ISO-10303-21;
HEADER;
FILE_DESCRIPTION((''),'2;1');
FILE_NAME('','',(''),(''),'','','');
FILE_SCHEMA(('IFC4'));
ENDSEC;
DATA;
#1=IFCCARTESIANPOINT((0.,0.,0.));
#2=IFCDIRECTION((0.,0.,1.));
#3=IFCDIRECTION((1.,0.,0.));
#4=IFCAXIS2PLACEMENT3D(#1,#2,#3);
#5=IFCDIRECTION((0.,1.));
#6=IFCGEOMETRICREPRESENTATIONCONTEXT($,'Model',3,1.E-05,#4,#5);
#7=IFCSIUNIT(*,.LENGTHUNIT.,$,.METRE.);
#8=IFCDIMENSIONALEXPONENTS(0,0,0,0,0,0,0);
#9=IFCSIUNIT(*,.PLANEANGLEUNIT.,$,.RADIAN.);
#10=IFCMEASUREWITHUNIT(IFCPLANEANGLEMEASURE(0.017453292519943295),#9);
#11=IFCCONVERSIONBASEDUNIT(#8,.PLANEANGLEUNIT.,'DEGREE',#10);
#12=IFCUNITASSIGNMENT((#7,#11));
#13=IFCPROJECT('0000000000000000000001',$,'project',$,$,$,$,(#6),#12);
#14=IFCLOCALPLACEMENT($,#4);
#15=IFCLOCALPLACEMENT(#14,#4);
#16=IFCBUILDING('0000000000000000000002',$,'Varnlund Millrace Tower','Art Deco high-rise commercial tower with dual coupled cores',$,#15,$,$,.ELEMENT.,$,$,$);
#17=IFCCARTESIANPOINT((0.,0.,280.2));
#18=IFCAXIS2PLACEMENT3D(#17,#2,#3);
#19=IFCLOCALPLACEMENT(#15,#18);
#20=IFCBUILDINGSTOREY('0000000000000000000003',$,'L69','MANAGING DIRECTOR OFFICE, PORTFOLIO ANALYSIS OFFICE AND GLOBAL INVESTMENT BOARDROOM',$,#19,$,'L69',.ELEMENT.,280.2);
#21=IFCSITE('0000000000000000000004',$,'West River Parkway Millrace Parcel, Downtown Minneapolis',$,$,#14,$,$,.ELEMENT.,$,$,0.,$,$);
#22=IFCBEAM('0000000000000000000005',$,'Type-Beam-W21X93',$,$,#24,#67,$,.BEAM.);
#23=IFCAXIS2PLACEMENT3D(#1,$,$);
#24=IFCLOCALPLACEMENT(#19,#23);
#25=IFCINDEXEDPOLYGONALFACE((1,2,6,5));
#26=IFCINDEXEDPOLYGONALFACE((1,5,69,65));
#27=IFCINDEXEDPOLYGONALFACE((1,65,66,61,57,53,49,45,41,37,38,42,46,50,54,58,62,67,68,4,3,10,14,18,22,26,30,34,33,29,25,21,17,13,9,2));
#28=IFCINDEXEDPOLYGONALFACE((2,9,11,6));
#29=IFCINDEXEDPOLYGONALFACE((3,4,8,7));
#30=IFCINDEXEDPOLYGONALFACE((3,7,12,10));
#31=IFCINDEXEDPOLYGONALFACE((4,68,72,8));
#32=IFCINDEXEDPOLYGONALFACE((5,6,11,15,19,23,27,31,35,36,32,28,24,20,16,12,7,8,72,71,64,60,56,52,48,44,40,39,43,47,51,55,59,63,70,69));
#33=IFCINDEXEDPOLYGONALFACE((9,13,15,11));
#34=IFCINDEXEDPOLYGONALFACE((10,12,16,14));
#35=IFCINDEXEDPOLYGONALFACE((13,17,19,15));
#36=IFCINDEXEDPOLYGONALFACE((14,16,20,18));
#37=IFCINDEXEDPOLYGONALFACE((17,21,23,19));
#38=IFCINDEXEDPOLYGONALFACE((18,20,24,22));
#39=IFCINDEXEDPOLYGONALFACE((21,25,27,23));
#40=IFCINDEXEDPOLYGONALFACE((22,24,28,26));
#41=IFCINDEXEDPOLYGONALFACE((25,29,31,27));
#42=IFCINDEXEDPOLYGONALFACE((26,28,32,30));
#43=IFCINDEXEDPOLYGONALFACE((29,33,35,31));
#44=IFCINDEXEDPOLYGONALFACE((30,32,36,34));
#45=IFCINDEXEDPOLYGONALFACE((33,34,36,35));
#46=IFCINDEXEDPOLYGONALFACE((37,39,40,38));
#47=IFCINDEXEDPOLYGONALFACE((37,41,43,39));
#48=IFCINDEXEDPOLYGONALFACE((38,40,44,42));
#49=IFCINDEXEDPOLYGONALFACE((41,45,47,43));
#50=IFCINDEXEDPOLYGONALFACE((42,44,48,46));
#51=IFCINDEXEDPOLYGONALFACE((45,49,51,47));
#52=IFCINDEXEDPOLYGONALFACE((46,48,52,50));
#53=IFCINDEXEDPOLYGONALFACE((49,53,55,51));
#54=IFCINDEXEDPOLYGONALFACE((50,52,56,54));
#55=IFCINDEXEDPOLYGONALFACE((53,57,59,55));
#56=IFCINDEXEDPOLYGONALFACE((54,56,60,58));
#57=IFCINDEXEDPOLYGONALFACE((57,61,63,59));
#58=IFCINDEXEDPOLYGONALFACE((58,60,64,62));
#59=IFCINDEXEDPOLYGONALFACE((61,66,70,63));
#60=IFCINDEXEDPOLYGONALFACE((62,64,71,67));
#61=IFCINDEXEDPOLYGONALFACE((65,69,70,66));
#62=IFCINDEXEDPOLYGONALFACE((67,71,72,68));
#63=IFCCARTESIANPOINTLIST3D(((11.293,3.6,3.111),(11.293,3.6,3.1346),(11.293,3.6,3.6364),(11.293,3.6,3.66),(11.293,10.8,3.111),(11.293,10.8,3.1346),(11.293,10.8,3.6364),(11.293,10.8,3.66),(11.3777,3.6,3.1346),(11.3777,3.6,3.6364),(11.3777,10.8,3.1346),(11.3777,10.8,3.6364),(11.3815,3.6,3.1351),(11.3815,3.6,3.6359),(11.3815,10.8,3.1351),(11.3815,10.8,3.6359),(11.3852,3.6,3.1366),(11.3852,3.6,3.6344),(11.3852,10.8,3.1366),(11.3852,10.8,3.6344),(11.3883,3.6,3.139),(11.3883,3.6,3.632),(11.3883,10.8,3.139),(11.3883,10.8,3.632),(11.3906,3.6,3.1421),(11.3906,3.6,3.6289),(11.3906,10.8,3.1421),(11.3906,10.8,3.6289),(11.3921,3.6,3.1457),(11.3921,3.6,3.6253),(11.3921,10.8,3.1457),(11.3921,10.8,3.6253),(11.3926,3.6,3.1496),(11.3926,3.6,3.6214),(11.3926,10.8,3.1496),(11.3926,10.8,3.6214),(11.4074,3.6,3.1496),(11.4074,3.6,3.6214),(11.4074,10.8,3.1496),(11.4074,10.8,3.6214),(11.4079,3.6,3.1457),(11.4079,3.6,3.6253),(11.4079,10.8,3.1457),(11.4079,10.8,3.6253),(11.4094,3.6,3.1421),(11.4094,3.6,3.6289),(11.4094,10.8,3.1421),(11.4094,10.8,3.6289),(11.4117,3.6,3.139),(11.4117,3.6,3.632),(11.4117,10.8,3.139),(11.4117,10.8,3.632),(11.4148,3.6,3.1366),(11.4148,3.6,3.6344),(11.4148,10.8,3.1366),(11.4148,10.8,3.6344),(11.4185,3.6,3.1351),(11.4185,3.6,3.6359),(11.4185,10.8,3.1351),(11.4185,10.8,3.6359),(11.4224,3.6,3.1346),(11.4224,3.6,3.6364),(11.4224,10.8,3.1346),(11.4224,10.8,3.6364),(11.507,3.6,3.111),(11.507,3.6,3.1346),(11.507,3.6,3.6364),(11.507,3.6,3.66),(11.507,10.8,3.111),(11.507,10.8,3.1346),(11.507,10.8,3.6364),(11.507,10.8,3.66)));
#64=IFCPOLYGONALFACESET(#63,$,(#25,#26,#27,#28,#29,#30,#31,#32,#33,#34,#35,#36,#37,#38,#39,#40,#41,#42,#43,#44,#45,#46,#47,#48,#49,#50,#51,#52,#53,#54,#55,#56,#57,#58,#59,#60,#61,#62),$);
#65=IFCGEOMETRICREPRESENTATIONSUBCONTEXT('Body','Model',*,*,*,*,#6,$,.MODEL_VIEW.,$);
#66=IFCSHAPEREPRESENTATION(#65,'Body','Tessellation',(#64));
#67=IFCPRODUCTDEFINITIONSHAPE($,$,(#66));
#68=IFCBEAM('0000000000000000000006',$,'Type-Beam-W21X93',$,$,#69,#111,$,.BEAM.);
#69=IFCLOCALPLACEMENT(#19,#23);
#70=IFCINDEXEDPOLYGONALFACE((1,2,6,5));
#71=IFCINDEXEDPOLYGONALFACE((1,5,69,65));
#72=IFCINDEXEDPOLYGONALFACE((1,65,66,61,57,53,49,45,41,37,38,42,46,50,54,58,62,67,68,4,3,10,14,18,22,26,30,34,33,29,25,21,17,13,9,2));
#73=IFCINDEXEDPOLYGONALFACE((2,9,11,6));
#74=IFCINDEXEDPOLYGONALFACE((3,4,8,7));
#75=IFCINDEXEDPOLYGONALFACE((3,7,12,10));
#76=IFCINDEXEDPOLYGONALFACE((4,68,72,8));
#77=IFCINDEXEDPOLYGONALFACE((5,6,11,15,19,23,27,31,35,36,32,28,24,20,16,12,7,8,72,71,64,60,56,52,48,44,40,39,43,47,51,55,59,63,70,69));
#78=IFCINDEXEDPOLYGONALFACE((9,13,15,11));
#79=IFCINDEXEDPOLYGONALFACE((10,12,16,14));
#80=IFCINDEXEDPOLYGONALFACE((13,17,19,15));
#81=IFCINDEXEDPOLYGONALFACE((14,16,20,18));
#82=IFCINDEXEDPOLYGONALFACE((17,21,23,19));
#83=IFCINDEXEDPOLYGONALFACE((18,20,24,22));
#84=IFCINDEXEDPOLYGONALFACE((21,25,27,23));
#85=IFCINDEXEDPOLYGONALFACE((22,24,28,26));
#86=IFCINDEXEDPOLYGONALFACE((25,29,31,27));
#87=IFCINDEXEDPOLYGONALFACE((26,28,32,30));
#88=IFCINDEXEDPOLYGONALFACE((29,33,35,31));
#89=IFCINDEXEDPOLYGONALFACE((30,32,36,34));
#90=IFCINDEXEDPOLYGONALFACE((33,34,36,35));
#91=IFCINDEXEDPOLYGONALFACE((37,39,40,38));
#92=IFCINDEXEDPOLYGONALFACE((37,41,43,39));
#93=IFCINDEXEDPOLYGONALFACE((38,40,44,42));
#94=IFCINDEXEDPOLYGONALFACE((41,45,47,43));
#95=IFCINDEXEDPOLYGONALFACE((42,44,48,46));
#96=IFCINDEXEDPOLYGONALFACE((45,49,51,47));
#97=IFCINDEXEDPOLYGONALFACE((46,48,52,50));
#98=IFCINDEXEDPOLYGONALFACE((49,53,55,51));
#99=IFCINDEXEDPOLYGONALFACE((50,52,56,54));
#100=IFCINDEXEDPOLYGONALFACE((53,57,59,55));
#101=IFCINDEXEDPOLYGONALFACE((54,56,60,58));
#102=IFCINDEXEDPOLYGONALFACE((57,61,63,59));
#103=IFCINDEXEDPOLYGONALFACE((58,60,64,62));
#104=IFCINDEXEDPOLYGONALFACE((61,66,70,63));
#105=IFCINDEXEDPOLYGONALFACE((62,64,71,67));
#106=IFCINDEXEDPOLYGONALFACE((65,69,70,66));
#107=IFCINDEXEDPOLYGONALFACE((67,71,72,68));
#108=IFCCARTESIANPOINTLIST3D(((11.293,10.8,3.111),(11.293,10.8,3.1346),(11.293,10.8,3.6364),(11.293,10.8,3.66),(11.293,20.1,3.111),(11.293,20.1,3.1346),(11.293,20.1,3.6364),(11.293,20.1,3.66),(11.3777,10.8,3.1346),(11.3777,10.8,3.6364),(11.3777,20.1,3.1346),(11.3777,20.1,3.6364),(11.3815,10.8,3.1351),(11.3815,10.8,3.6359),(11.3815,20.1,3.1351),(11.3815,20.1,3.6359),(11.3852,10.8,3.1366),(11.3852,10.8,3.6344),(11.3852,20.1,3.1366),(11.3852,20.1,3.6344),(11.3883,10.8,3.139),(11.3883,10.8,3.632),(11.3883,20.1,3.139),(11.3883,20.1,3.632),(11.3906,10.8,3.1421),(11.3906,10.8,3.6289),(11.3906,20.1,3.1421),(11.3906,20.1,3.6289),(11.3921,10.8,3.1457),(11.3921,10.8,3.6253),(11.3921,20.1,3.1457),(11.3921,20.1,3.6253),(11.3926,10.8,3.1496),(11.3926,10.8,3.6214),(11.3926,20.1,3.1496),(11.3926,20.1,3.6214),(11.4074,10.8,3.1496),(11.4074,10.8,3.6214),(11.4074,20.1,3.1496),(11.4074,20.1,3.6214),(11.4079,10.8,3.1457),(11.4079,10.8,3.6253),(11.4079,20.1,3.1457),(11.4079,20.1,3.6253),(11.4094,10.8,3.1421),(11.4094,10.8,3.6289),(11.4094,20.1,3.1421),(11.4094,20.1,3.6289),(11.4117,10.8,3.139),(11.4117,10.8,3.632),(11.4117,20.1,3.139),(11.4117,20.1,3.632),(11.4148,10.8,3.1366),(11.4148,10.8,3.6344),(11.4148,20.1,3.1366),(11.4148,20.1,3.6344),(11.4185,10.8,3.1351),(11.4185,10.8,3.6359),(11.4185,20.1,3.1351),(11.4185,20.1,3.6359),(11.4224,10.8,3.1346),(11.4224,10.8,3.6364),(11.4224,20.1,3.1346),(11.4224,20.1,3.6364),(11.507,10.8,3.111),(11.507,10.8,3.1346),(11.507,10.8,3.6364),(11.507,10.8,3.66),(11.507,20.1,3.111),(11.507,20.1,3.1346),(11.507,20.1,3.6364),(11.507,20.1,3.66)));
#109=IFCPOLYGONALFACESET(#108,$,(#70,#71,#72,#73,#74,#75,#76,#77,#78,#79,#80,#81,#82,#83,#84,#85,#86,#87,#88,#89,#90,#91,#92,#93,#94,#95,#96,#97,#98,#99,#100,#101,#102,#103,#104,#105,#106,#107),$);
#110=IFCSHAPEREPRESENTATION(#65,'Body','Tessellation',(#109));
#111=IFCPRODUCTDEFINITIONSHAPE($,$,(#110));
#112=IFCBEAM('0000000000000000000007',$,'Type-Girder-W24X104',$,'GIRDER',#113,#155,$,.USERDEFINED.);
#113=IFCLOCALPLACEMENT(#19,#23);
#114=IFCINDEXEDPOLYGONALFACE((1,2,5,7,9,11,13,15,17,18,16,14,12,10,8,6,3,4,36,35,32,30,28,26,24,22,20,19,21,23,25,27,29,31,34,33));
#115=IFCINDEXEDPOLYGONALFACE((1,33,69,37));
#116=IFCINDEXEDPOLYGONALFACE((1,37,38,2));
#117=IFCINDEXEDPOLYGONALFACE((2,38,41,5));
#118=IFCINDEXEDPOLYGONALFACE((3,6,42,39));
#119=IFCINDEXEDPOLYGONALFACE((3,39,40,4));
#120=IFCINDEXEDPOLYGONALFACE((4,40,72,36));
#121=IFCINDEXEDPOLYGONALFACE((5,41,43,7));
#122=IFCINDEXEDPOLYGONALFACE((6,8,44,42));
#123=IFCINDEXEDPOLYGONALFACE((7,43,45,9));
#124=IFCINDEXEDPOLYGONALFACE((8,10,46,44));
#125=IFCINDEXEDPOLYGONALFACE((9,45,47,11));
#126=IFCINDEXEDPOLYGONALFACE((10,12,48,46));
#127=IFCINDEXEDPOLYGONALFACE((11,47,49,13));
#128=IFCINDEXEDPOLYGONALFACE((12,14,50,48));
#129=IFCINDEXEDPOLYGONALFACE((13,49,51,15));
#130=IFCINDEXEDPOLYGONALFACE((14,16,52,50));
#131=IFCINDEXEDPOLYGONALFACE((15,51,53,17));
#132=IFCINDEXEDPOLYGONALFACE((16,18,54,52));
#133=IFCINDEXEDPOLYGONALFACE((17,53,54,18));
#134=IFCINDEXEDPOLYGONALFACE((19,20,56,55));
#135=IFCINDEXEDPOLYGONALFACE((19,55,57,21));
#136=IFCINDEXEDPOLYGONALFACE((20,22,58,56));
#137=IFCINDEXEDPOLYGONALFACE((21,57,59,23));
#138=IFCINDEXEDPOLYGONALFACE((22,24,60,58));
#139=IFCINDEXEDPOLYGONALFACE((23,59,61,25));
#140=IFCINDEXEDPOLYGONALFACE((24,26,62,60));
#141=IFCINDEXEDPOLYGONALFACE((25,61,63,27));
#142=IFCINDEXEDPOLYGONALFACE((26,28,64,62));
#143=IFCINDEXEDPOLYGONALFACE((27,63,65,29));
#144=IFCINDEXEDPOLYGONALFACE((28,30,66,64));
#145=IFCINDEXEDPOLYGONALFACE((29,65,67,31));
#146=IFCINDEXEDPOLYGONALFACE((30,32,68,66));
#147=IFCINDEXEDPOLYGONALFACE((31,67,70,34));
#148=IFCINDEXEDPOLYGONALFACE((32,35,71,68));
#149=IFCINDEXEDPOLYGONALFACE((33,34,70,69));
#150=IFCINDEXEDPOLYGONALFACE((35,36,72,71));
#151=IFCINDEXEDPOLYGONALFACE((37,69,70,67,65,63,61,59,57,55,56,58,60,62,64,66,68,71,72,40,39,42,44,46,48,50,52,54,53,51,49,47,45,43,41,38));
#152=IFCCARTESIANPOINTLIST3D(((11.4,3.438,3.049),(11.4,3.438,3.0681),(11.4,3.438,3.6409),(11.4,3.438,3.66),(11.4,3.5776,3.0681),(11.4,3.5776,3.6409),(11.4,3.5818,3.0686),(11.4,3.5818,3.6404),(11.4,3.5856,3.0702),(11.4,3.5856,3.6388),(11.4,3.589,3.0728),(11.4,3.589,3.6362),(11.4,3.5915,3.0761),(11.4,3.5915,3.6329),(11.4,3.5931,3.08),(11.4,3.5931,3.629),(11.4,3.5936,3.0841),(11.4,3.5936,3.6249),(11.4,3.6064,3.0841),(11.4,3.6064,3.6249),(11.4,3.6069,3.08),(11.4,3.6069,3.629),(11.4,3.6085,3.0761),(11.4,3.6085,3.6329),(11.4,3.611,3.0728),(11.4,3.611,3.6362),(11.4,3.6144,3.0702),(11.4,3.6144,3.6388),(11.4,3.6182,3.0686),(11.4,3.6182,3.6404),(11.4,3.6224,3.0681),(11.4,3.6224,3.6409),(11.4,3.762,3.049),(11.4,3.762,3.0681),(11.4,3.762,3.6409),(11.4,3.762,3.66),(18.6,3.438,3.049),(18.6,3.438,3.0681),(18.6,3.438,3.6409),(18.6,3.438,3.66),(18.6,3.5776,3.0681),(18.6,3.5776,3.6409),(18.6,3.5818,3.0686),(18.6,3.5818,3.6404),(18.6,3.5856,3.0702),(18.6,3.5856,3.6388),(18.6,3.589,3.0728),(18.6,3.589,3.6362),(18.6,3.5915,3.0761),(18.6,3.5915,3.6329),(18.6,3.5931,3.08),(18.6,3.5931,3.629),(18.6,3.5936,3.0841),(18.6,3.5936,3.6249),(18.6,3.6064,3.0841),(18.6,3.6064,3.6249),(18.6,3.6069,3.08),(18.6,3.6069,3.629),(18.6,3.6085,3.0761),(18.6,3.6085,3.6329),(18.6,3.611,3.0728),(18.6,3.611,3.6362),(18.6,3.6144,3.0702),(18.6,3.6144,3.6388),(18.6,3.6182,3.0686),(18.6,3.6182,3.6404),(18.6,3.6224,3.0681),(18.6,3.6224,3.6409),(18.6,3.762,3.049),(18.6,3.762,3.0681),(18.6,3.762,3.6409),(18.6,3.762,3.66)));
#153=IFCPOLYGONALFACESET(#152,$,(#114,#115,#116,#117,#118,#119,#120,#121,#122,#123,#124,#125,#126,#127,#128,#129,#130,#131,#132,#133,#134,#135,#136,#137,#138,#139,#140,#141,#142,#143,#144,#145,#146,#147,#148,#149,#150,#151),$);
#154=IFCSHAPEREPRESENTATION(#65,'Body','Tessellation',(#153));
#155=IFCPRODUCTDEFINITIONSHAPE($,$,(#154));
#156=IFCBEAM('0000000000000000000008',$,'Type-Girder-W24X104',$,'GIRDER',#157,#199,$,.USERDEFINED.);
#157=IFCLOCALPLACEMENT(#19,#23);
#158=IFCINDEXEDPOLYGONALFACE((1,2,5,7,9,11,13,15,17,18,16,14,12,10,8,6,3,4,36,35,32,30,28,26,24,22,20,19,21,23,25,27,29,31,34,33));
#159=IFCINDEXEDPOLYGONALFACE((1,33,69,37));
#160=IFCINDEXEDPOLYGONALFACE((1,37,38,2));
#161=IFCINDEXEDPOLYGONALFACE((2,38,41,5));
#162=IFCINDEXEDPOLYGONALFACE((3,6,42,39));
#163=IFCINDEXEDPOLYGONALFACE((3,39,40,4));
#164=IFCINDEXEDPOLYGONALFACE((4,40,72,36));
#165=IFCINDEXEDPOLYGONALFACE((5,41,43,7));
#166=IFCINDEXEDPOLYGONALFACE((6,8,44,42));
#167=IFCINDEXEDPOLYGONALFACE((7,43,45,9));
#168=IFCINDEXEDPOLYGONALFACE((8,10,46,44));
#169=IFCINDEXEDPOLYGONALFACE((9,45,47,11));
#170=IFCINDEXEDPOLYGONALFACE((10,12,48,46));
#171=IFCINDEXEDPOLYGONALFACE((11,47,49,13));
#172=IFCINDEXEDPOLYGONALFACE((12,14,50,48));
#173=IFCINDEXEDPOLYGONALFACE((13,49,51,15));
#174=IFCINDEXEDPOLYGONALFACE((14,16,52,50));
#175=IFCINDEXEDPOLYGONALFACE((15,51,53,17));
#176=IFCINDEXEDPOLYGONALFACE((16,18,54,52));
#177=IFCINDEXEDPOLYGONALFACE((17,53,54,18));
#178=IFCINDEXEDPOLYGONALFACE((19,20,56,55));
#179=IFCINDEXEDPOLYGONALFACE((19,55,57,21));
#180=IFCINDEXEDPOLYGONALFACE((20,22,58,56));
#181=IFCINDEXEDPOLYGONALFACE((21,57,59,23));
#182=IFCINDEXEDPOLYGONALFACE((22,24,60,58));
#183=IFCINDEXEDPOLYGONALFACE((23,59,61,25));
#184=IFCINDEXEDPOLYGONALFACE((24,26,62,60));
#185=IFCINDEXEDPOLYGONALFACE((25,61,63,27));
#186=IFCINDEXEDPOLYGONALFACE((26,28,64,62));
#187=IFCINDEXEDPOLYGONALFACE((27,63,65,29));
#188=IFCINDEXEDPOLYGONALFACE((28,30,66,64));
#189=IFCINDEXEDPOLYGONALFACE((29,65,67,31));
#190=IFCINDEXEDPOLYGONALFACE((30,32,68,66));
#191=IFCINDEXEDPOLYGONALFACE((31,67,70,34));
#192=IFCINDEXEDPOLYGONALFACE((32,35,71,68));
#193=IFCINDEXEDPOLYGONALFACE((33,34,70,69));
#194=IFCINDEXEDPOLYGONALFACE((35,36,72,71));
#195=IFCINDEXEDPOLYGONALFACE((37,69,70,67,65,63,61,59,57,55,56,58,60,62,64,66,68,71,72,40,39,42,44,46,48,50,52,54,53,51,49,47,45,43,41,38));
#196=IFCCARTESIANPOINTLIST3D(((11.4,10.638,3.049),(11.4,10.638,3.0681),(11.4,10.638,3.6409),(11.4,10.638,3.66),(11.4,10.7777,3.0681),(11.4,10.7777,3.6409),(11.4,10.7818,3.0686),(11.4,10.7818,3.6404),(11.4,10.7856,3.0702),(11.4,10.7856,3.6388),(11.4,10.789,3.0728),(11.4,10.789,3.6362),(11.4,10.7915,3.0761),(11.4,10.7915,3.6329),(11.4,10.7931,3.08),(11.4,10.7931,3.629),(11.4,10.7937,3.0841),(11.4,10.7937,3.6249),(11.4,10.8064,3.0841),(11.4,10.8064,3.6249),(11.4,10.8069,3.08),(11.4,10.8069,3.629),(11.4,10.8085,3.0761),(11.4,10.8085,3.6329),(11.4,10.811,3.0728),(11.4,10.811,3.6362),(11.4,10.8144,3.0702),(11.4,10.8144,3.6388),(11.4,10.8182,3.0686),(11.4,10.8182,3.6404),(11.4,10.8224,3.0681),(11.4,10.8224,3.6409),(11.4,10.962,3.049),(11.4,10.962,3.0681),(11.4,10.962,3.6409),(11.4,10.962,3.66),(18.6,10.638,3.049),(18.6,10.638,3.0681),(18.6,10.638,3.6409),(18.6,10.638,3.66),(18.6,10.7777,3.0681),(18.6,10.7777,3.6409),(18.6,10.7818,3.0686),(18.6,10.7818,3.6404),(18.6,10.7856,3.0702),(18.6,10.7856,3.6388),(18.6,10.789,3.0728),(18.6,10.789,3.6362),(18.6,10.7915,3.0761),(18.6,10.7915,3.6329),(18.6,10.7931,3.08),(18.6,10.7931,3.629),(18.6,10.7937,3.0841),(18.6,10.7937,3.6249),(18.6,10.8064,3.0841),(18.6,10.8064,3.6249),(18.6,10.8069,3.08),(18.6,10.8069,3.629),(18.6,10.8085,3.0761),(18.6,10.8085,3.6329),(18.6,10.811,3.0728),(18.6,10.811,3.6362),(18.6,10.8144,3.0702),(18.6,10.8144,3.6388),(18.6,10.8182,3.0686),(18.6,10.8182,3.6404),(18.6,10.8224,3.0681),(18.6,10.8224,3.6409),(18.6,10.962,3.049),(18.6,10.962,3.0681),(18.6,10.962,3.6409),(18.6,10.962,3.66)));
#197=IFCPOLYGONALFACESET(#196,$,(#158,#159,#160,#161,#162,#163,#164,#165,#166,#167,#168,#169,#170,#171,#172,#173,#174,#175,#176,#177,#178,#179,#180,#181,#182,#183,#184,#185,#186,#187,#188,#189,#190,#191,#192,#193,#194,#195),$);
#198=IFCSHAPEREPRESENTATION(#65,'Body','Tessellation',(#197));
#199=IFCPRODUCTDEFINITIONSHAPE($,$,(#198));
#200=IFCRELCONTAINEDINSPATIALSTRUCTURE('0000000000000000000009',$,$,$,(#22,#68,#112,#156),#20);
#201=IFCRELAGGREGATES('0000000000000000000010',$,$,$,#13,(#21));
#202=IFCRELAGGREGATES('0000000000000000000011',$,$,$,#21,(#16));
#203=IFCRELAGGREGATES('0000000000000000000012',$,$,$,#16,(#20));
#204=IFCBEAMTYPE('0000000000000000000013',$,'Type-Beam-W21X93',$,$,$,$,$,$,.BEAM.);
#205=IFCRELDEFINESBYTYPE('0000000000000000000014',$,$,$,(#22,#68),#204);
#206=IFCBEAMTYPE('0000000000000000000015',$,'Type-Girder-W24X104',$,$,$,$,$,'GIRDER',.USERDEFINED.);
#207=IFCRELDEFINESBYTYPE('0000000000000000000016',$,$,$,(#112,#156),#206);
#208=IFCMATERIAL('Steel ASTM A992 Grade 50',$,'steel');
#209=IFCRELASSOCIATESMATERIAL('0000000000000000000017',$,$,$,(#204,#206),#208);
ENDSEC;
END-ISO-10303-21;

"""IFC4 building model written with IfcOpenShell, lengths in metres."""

from ifc_helpers import new_model, entity, si_unit, converted_unit, direction, frame, origin_with_axes, origin_2d_with_axis, place, context, subcontext, project, spatial, i_section, extrude, material, material_profile, profile_set, type_object, element, save


model = new_model("IFC4")

# Units and contexts
model_context = context("Model", 3, precision=1e-05, world=origin_with_axes(), true_north=direction((0.0, 1.0)))
body_context = subcontext(model_context, "Body", "Model", "MODEL_VIEW")
ifc_project = project(units=[si_unit("LENGTHUNIT", "METRE"), converted_unit("PLANEANGLEUNIT", "DEGREE", entity("IfcPlaneAngleMeasure", 0.017453292519943295), si_unit("PLANEANGLEUNIT", "RADIAN"), dimensions=[0, 0, 0, 0, 0, 0, 0])], contexts=[model_context])

# Site, building, storey
site_placement = place(None, origin_with_axes())
site = spatial("IfcSite", under=ifc_project, at=site_placement, Name="West River Parkway Millrace Parcel, Downtown Minneapolis", CompositionType="ELEMENT", RefElevation=0.0)
building_placement = place(site_placement, origin_with_axes())
building = spatial("IfcBuilding", under=site, at=building_placement, Name="Varnlund Millrace Tower", Description="Art Deco high-rise commercial tower with dual coupled cores", CompositionType="ELEMENT")
storey_placement = place(building_placement, frame((0.0, 0.0, 280.2), z_axis=(0.0, 0.0, 1.0), x_axis=(1.0, 0.0, 0.0)))
storey = spatial("IfcBuildingStorey", under=building, at=storey_placement, Name="L69", Description="MANAGING DIRECTOR OFFICE, PORTFOLIO ANALYSIS OFFICE AND GLOBAL INVESTMENT BOARDROOM", LongName="L69", CompositionType="ELEMENT", Elevation=280.2)

# Beams
ifc_material_1 = material(Name="Steel ASTM A992 Grade 50", Category="steel")
ifc_material_profile_1 = material_profile(ifc_material_1, i_section(OverallWidth=0.214, OverallDepth=0.549, WebThickness=0.0147, FlangeThickness=0.0236, FilletRadius=0.015, at=origin_2d_with_axis()), Name="Steel ASTM A992 Grade 50")
ifc_profile_set_1 = profile_set([ifc_material_profile_1], Name="Steel ASTM A992 Grade 50")
beam_type_1 = type_object("IfcBeamType", Name="Type-Beam-W21X93", PredefinedType="BEAM", material=ifc_profile_set_1)
beam_1_placement = place(storey_placement, frame((11.4, 3.6, 3.3855), z_axis=(0.0, 1.0, 0.0), x_axis=(-1.0, 0.0, 0.0)))
element("IfcBeam", 1, at=beam_1_placement, inside=storey, type_object=beam_type_1, Name="Type-Beam-W21X93", PredefinedType="BEAM", context=body_context, shape_type="SweptSolid", body=[
    extrude(i_section(OverallWidth=0.214, OverallDepth=0.549, WebThickness=0.0147, FlangeThickness=0.0236, FilletRadius=0.015, at=origin_2d_with_axis()), origin_with_axes(), (0.0, 0.0, 1.0), 7.2),
])
beam_2_placement = place(storey_placement, frame((11.4, 10.8, 3.3855), z_axis=(0.0, 1.0, 0.0), x_axis=(-1.0, 0.0, 0.0)))
element("IfcBeam", 2, at=beam_2_placement, inside=storey, type_object=beam_type_1, Name="Type-Beam-W21X93", PredefinedType="BEAM", context=body_context, shape_type="SweptSolid", body=[
    extrude(i_section(OverallWidth=0.214, OverallDepth=0.549, WebThickness=0.0147, FlangeThickness=0.0236, FilletRadius=0.015, at=origin_2d_with_axis()), origin_with_axes(), (0.0, 0.0, 1.0), 9.3),
])
ifc_material_profile_2 = material_profile(ifc_material_1, i_section(OverallWidth=0.324, OverallDepth=0.611, WebThickness=0.0127, FlangeThickness=0.0191, FilletRadius=0.016, at=origin_2d_with_axis()), Name="Steel ASTM A992 Grade 50")
ifc_profile_set_2 = profile_set([ifc_material_profile_2], Name="Steel ASTM A992 Grade 50")
beam_type_2 = type_object("IfcBeamType", Name="Type-Girder-W24X104", ElementType="GIRDER", PredefinedType="USERDEFINED", material=ifc_profile_set_2)
for number, where, z_axis, x_axis, name in (
    (3, (11.4, 3.6, 3.3545), (1.0, 0.0, 0.0), (0.0, 1.0, 0.0), "Type-Girder-W24X104"),
    (4, (11.4, 10.8, 3.3545), (1.0, 0.0, 0.0), (0.0, 1.0, 0.0), "Type-Girder-W24X104"),
):
    element("IfcBeam", number, at=place(storey_placement, frame(where, z_axis=z_axis, x_axis=x_axis)), inside=storey, type_object=beam_type_2, Name=name, ObjectType="GIRDER", PredefinedType="USERDEFINED", context=body_context, shape_type="SweptSolid", body=[
        extrude(i_section(OverallWidth=0.324, OverallDepth=0.611, WebThickness=0.0127, FlangeThickness=0.0191, FilletRadius=0.016, at=origin_2d_with_axis()), origin_with_axes(), (0.0, 0.0, 1.0), 7.2),
    ])

save(model, "model.ifc")
